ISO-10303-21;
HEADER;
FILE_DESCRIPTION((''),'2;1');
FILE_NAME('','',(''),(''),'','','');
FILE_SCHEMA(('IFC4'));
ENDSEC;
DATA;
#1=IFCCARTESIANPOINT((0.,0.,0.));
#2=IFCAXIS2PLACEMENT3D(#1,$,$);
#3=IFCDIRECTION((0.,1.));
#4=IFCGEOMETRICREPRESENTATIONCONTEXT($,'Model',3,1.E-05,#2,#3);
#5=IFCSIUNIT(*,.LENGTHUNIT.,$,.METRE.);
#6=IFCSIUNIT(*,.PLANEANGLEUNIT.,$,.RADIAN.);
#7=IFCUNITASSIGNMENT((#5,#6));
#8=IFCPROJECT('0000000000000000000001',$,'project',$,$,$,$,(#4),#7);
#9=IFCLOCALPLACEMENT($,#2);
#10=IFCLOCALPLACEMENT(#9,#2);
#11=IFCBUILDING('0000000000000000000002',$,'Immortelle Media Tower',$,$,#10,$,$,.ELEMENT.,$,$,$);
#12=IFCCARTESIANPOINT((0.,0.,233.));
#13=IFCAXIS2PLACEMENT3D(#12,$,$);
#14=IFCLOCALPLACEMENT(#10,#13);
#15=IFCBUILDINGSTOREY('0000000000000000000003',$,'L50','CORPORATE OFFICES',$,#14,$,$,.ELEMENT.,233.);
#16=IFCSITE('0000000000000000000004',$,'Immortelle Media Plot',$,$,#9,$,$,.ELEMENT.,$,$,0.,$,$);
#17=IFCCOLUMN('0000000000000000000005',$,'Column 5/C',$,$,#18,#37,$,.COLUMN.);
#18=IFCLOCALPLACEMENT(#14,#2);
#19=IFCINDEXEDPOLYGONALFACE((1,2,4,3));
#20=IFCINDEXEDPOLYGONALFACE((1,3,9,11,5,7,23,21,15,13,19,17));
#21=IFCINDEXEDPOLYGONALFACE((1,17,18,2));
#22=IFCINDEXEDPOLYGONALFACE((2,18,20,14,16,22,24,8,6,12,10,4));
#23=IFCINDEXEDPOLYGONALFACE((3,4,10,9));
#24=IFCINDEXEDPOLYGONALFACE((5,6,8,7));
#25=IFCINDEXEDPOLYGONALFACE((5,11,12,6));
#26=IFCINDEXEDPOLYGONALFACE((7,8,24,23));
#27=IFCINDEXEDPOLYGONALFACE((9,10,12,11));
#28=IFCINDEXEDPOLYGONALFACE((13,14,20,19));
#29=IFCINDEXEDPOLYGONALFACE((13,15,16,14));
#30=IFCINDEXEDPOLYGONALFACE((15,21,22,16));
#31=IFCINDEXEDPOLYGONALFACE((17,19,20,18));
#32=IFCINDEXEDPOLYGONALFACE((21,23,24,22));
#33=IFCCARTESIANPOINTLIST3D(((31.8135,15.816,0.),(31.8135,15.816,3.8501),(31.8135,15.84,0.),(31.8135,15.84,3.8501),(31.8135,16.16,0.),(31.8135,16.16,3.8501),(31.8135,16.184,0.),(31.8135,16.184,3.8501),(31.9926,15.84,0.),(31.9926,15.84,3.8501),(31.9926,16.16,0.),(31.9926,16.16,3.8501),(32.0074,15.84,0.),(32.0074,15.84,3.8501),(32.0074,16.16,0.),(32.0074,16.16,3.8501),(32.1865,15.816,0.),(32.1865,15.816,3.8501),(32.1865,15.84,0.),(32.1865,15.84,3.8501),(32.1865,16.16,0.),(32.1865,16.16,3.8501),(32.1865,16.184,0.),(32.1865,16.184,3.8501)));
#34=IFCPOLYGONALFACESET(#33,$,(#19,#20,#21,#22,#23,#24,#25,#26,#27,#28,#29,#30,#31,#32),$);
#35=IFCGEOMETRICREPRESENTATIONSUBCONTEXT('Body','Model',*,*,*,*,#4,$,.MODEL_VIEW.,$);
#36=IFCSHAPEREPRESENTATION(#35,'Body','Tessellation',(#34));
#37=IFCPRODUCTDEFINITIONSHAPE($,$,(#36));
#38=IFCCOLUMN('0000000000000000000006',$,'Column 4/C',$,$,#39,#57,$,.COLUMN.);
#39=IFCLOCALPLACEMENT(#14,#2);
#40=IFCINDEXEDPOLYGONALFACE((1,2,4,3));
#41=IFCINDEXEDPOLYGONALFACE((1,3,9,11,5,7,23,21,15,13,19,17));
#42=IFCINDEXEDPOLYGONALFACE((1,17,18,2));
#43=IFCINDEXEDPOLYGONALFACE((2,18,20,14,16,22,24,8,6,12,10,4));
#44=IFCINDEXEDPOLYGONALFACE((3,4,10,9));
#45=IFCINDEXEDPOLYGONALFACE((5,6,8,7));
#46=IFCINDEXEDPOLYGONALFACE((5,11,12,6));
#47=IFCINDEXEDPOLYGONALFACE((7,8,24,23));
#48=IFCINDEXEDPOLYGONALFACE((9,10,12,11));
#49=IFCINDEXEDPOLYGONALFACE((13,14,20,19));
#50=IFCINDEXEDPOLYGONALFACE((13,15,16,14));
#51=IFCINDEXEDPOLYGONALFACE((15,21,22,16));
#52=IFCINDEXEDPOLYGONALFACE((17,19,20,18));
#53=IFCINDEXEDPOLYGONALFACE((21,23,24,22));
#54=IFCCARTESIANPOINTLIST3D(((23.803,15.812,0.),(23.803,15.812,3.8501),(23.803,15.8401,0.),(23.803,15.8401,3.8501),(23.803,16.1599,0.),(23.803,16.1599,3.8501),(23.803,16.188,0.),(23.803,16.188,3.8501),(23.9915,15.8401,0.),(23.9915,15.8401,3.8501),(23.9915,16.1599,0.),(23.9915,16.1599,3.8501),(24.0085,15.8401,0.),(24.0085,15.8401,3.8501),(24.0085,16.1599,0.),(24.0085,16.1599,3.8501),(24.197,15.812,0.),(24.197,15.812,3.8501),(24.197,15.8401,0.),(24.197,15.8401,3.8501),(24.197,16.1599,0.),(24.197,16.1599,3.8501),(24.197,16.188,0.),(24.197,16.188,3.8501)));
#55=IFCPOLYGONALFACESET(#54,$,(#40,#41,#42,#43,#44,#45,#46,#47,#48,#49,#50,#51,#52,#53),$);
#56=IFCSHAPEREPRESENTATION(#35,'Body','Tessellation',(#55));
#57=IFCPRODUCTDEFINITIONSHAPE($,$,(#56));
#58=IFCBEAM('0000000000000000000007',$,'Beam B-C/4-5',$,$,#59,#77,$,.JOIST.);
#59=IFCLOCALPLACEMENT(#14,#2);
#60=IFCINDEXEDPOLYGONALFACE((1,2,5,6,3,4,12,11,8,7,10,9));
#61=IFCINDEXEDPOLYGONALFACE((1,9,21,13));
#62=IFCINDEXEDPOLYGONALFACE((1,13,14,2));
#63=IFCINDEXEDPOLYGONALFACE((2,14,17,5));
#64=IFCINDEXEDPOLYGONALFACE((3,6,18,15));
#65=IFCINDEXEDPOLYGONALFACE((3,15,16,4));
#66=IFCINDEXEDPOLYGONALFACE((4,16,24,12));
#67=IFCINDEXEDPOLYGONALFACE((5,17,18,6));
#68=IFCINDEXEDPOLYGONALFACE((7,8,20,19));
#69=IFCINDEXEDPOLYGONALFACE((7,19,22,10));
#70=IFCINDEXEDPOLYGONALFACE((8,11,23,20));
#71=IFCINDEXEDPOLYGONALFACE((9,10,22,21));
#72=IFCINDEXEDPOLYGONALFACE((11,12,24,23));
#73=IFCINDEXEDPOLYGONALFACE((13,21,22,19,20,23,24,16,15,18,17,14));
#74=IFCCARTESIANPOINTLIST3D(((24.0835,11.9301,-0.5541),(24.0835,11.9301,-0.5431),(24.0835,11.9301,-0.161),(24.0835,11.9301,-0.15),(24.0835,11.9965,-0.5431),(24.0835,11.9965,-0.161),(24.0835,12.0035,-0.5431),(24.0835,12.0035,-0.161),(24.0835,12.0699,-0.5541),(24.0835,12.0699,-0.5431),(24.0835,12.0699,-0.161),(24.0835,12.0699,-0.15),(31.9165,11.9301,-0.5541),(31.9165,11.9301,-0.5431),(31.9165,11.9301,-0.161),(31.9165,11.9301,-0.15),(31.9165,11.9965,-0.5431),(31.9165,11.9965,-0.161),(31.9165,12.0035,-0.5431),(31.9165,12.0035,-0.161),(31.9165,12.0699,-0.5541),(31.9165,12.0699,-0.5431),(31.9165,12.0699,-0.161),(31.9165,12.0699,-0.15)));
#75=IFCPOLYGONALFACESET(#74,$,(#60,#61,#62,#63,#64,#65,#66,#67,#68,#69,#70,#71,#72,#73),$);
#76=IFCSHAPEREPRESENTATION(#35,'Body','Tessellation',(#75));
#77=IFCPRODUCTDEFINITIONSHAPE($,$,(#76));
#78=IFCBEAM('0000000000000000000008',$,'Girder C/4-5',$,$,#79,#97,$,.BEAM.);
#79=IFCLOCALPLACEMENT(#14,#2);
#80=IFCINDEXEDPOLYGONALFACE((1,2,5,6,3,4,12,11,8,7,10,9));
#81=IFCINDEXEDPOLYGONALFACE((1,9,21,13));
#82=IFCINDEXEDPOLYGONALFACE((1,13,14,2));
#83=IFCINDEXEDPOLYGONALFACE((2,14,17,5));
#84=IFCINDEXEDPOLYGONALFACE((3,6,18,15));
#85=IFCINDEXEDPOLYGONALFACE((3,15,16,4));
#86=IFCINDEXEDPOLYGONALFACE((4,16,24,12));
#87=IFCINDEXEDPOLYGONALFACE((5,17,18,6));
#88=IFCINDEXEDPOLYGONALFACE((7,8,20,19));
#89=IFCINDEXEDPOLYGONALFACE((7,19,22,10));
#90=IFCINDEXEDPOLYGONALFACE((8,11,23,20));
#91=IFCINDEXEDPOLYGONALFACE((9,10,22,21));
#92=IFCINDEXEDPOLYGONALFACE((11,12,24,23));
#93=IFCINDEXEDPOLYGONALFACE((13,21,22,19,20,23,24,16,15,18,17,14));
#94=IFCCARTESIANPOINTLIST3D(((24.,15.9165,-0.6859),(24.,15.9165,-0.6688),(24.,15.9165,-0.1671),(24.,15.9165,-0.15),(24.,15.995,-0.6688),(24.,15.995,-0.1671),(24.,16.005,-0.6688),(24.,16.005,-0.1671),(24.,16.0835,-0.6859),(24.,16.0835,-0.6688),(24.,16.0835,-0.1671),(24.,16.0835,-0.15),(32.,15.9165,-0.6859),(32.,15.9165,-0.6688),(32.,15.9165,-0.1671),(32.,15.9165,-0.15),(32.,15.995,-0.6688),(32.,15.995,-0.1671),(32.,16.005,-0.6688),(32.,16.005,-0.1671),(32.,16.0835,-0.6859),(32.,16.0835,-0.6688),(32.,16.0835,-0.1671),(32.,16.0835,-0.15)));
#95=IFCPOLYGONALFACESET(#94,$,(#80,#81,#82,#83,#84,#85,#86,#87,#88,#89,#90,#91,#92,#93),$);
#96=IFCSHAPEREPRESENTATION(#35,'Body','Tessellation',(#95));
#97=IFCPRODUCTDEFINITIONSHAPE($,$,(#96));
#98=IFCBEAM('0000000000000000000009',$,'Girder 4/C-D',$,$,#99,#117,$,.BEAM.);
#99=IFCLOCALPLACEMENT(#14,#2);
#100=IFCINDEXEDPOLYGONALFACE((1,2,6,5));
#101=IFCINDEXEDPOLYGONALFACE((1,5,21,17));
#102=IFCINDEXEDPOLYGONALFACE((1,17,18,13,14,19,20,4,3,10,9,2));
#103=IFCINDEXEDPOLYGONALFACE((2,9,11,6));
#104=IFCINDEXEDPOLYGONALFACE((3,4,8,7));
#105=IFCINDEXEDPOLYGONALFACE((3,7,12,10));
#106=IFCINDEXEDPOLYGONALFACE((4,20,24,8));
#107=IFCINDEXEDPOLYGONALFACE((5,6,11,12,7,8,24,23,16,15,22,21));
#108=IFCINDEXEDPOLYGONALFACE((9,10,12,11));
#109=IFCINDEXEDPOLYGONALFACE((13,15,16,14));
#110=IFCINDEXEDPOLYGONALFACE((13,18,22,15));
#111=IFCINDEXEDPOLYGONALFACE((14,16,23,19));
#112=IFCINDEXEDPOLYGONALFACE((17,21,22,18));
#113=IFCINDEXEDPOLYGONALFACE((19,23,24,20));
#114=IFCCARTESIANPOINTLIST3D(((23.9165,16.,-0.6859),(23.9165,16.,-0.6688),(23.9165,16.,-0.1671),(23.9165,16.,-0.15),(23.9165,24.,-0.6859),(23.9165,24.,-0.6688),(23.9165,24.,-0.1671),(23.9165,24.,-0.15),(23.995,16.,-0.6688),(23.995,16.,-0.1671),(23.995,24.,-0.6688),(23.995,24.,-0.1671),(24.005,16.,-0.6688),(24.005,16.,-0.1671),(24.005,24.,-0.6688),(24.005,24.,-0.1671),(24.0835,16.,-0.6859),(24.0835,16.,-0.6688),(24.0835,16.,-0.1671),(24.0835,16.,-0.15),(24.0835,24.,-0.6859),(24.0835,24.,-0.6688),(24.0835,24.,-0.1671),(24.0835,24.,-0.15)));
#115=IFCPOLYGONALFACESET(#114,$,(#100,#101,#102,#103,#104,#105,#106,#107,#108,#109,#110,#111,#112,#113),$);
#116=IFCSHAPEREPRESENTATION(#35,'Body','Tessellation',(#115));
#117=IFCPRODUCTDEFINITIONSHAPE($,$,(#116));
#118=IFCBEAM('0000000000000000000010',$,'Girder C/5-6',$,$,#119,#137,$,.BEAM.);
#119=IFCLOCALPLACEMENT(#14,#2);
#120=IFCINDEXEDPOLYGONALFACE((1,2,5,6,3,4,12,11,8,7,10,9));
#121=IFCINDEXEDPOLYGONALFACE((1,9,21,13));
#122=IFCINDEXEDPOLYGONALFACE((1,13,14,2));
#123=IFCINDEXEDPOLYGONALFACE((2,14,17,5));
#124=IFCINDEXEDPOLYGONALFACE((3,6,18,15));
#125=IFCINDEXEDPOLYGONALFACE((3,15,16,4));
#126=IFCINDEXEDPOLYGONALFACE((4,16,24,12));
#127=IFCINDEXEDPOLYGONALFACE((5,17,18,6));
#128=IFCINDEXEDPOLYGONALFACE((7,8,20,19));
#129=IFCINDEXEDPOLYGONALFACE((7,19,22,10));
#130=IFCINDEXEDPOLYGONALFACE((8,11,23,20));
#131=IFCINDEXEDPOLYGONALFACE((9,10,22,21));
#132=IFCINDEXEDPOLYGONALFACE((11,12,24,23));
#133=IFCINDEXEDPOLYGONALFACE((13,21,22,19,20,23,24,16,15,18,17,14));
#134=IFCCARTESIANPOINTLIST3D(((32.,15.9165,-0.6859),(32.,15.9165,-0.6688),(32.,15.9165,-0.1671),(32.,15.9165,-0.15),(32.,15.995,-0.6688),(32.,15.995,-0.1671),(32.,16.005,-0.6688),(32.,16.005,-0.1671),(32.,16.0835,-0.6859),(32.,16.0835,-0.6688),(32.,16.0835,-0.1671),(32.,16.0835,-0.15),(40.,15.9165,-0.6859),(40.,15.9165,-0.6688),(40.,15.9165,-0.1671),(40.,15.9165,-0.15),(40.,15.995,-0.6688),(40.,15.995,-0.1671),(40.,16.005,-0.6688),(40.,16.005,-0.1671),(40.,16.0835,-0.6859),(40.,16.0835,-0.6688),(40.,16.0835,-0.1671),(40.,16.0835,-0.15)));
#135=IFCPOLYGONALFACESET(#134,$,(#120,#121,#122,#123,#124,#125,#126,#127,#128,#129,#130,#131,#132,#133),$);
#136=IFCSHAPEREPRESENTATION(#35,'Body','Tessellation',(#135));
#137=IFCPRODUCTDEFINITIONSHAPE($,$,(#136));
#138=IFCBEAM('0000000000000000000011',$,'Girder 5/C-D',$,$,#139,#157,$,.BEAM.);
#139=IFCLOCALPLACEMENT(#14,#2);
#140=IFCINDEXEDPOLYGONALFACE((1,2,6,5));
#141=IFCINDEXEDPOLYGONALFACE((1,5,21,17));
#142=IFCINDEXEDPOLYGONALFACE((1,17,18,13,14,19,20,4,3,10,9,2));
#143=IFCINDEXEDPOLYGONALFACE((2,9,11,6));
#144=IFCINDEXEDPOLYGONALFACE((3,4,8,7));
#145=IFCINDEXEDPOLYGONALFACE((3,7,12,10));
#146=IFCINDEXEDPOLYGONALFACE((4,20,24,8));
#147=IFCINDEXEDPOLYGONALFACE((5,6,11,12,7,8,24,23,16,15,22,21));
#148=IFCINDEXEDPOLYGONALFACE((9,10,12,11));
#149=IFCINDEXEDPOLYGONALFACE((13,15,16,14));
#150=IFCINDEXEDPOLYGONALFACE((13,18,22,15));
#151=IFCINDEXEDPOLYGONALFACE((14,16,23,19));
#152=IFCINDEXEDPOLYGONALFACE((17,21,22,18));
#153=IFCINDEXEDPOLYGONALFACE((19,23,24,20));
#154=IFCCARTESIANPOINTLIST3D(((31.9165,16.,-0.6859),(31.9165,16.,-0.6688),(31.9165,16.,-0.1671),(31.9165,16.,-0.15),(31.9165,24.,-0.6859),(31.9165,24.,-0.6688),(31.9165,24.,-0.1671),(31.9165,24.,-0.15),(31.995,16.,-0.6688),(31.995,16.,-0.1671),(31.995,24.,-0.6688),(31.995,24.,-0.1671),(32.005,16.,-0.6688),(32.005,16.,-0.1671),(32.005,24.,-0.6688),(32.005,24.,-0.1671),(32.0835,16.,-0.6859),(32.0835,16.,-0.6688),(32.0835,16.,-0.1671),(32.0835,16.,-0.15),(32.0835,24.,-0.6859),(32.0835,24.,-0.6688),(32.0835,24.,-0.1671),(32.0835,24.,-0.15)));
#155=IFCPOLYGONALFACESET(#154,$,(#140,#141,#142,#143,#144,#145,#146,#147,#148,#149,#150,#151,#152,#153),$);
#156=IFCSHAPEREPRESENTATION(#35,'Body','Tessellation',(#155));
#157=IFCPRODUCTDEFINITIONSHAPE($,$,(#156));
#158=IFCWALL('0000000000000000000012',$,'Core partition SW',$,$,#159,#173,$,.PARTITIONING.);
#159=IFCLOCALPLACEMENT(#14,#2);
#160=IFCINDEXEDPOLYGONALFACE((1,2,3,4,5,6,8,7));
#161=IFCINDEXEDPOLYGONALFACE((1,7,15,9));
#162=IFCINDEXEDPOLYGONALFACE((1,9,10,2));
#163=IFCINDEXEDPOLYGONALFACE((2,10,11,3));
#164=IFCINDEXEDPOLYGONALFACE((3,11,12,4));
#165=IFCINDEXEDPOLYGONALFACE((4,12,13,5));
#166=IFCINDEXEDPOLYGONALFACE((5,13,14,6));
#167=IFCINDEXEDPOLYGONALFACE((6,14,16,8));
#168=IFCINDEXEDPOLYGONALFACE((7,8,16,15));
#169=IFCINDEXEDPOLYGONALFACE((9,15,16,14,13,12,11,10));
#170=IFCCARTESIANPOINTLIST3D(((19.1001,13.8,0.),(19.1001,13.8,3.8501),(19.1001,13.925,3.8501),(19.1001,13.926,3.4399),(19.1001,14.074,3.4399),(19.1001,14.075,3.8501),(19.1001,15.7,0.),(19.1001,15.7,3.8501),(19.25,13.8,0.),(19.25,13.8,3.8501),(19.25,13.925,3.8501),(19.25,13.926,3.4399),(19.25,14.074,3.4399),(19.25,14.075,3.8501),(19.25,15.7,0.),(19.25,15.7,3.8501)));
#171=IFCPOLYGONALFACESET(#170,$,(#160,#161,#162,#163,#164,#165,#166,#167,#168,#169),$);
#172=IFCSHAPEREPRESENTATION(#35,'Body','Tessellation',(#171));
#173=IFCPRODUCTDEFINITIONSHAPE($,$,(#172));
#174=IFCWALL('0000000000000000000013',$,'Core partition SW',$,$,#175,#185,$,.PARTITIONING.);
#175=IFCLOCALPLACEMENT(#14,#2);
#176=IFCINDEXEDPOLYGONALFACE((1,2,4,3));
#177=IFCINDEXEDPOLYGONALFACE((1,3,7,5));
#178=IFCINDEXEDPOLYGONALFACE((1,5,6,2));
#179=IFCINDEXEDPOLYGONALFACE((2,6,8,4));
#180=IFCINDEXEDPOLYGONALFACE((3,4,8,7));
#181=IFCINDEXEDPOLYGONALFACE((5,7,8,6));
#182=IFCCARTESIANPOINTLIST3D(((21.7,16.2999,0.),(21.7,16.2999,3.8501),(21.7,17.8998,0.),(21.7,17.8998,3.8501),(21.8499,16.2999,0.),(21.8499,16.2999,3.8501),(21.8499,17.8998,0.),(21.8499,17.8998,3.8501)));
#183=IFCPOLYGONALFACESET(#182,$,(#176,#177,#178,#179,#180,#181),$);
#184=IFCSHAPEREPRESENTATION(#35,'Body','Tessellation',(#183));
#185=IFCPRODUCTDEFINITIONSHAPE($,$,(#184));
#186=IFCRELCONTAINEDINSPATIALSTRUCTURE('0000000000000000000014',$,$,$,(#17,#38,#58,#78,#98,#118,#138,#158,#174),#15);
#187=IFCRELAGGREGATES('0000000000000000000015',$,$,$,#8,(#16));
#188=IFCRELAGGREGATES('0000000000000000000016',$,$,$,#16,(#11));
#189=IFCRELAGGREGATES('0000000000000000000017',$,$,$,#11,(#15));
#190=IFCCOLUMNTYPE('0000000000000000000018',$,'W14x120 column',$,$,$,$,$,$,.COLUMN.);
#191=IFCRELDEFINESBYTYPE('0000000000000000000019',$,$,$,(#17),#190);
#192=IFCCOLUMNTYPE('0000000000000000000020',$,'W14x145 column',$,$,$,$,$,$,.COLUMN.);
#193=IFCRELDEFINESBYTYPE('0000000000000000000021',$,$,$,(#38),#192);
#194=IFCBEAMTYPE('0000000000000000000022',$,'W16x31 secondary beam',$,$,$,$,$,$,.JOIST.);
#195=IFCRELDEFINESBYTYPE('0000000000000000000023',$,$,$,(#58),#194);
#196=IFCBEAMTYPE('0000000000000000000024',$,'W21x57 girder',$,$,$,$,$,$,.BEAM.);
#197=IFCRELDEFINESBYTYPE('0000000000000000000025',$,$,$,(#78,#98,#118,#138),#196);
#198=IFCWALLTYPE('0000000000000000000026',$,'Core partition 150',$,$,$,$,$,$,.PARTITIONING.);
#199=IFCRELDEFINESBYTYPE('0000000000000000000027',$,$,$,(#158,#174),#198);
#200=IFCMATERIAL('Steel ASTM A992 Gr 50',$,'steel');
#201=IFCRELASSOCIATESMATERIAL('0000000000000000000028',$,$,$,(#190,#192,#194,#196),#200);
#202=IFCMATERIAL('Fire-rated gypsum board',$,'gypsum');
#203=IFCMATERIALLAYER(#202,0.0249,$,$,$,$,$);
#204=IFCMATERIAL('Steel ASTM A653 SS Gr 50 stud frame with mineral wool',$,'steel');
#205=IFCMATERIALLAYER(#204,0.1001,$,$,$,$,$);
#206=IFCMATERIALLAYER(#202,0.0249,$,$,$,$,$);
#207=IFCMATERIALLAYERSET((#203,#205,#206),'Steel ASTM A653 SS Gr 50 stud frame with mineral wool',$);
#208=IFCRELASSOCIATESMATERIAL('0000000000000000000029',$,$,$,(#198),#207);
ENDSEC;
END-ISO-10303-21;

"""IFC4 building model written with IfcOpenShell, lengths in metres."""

from ifc_helpers import new_model, si_unit, direction, frame, frame_2d, origin, origin_2d, place, context, subcontext, project, spatial, polyline, rectangle, i_section, outline, extrude, material, layer, layer_set, material_profile, profile_set, type_object, element, save


model = new_model("IFC4")

# Units and contexts
model_context = context("Model", 3, precision=1e-05, world=origin(), true_north=direction((0.0, 1.0)))
body_context = subcontext(model_context, "Body", "Model", "MODEL_VIEW")
ifc_project = project(units=[si_unit("LENGTHUNIT", "METRE"), si_unit("PLANEANGLEUNIT", "RADIAN")], contexts=[model_context])

# Site, building, storey
site_placement = place(None, origin())
site = spatial("IfcSite", under=ifc_project, at=site_placement, Name="Immortelle Media Plot", CompositionType="ELEMENT", RefElevation=0.0)
building_placement = place(site_placement, origin())
building = spatial("IfcBuilding", under=site, at=building_placement, Name="Immortelle Media Tower", CompositionType="ELEMENT")
storey_placement = place(building_placement, frame((0.0, 0.0, 233.0)))
storey = spatial("IfcBuildingStorey", under=building, at=storey_placement, Name="L50", Description="CORPORATE OFFICES", CompositionType="ELEMENT", Elevation=233.0)

# Columns
ifc_material_1 = material(Name="Steel ASTM A992 Gr 50", Category="steel")
ifc_material_profile_1 = material_profile(ifc_material_1, i_section(OverallWidth=0.373, OverallDepth=0.3679, WebThickness=0.0149, FlangeThickness=0.0239, at=origin_2d()), Name="W14x120")
ifc_profile_set_1 = profile_set([ifc_material_profile_1], Name="Steel ASTM A992 Gr 50")
column_type_1 = type_object("IfcColumnType", Name="W14x120 column", PredefinedType="COLUMN", material=ifc_profile_set_1)
column_1_placement = place(storey_placement, frame((32.0, 16.0, 0.0), z_axis=(0.0, 0.0, 1.0), x_axis=(1.0, 0.0, 0.0)))
element("IfcColumn", 1, at=column_1_placement, inside=storey, type_object=column_type_1, Name="Column 5/C", PredefinedType="COLUMN", context=body_context, shape_type="SweptSolid", body=[
    extrude(i_section(OverallWidth=0.373, OverallDepth=0.3679, WebThickness=0.0149, FlangeThickness=0.0239, at=origin_2d()), origin(), (0.0, 0.0, 1.0), 3.8501),
])
ifc_material_profile_2 = material_profile(ifc_material_1, i_section(OverallWidth=0.394, OverallDepth=0.376, WebThickness=0.0171, FlangeThickness=0.0281, at=origin_2d()), Name="W14x145")
ifc_profile_set_2 = profile_set([ifc_material_profile_2], Name="Steel ASTM A992 Gr 50")
column_type_2 = type_object("IfcColumnType", Name="W14x145 column", PredefinedType="COLUMN", material=ifc_profile_set_2)
column_2_placement = place(storey_placement, frame((24.0, 16.0, 0.0), z_axis=(0.0, 0.0, 1.0), x_axis=(1.0, 0.0, 0.0)))
element("IfcColumn", 2, at=column_2_placement, inside=storey, type_object=column_type_2, Name="Column 4/C", PredefinedType="COLUMN", context=body_context, shape_type="SweptSolid", body=[
    extrude(i_section(OverallWidth=0.394, OverallDepth=0.376, WebThickness=0.0171, FlangeThickness=0.0281, at=origin_2d()), origin(), (0.0, 0.0, 1.0), 3.8501),
])

# Beams
ifc_material_profile_3 = material_profile(ifc_material_1, i_section(OverallWidth=0.1399, OverallDepth=0.4041, WebThickness=0.0071, FlangeThickness=0.011, at=origin_2d()), Name="W16x31")
ifc_profile_set_3 = profile_set([ifc_material_profile_3], Name="Steel ASTM A992 Gr 50")
beam_type_1 = type_object("IfcBeamType", Name="W16x31 secondary beam", PredefinedType="JOIST", material=ifc_profile_set_3)
beam_placement = place(storey_placement, frame((24.0835, 12.0, -0.3521), z_axis=(1.0, 0.0, 0.0), x_axis=(0.0, 1.0, 0.0)))
element("IfcBeam", 3, at=beam_placement, inside=storey, type_object=beam_type_1, Name="Beam B-C/4-5", PredefinedType="JOIST", context=body_context, shape_type="SweptSolid", body=[
    extrude(i_section(OverallWidth=0.1399, OverallDepth=0.4041, WebThickness=0.0071, FlangeThickness=0.011, at=origin_2d()), origin(), (0.0, 0.0, 1.0), 7.833),
])
ifc_material_profile_4 = material_profile(ifc_material_1, i_section(OverallWidth=0.167, OverallDepth=0.5359, WebThickness=0.01, FlangeThickness=0.0171, at=origin_2d()), Name="W21x57")
ifc_profile_set_4 = profile_set([ifc_material_profile_4], Name="Steel ASTM A992 Gr 50")
beam_type_2 = type_object("IfcBeamType", Name="W21x57 girder", PredefinedType="BEAM", material=ifc_profile_set_4)
for number, where, z_axis, x_axis, name in (
    (4, (24.0, 16.0, -0.418), (1.0, 0.0, 0.0), (0.0, 1.0, 0.0), "Girder C/4-5"),
    (5, (24.0, 16.0, -0.418), (0.0, 1.0, 0.0), (-1.0, 0.0, 0.0), "Girder 4/C-D"),
    (6, (32.0, 16.0, -0.418), (1.0, 0.0, 0.0), (0.0, 1.0, 0.0), "Girder C/5-6"),
    (7, (32.0, 16.0, -0.418), (0.0, 1.0, 0.0), (-1.0, 0.0, 0.0), "Girder 5/C-D"),
):
    element("IfcBeam", number, at=place(storey_placement, frame(where, z_axis=z_axis, x_axis=x_axis)), inside=storey, type_object=beam_type_2, Name=name, PredefinedType="BEAM", context=body_context, shape_type="SweptSolid", body=[
        extrude(i_section(OverallWidth=0.167, OverallDepth=0.5359, WebThickness=0.01, FlangeThickness=0.0171, at=origin_2d()), origin(), (0.0, 0.0, 1.0), 8.0),
    ])

# Walls
ifc_material_2 = material(Name="Fire-rated gypsum board", Category="gypsum")
ifc_layer_1 = layer(ifc_material_2, 0.0249)
ifc_material_3 = material(Name="Steel ASTM A653 SS Gr 50 stud frame with mineral wool", Category="steel")
ifc_layer_2 = layer(ifc_material_3, 0.1001)
ifc_layer_3 = layer(ifc_material_2, 0.0249)
ifc_layer_set_1 = layer_set([ifc_layer_1, ifc_layer_2, ifc_layer_3], Name="Steel ASTM A653 SS Gr 50 stud frame with mineral wool")
wall_type_1 = type_object("IfcWallType", Name="Core partition 150", PredefinedType="PARTITIONING", material=ifc_layer_set_1)
wall_1_placement = place(storey_placement, frame((19.175, 13.8, 0.0), z_axis=(0.0, 0.0, 1.0), x_axis=(0.0, 1.0, 0.0)))
element("IfcWall", 8, at=wall_1_placement, inside=storey, type_object=wall_type_1, Name="Core partition SW", PredefinedType="PARTITIONING", context=body_context, shape_type="SweptSolid", body=[
    extrude(outline(polyline([(0.0, 0.0), (1.8999, 0.0), (1.8999, 3.8501), (0.2749, 3.8501), (0.2739, 3.4399), (0.126, 3.4399), (0.125, 3.8501), (0.0, 3.8501), (0.0, 0.0)])), frame((0.0, 0.075, 0.0), z_axis=(0.0, -1.0, 0.0), x_axis=(1.0, 0.0, 0.0)), (0.0, 0.0, 1.0), 0.1499),
])
wall_2_placement = place(storey_placement, frame((21.7749, 16.3, 0.0), z_axis=(0.0, 0.0, 1.0), x_axis=(0.0, 1.0, 0.0)))
element("IfcWall", 9, at=wall_2_placement, inside=storey, type_object=wall_type_1, Name="Core partition SW", PredefinedType="PARTITIONING", context=body_context, shape_type="SweptSolid", body=[
    extrude(rectangle(XDim=1.5999, YDim=0.1499, at=frame_2d((0.7998, 0.0))), origin(), (0.0, 0.0, 1.0), 3.8501),
])

save(model, "model.ifc")
